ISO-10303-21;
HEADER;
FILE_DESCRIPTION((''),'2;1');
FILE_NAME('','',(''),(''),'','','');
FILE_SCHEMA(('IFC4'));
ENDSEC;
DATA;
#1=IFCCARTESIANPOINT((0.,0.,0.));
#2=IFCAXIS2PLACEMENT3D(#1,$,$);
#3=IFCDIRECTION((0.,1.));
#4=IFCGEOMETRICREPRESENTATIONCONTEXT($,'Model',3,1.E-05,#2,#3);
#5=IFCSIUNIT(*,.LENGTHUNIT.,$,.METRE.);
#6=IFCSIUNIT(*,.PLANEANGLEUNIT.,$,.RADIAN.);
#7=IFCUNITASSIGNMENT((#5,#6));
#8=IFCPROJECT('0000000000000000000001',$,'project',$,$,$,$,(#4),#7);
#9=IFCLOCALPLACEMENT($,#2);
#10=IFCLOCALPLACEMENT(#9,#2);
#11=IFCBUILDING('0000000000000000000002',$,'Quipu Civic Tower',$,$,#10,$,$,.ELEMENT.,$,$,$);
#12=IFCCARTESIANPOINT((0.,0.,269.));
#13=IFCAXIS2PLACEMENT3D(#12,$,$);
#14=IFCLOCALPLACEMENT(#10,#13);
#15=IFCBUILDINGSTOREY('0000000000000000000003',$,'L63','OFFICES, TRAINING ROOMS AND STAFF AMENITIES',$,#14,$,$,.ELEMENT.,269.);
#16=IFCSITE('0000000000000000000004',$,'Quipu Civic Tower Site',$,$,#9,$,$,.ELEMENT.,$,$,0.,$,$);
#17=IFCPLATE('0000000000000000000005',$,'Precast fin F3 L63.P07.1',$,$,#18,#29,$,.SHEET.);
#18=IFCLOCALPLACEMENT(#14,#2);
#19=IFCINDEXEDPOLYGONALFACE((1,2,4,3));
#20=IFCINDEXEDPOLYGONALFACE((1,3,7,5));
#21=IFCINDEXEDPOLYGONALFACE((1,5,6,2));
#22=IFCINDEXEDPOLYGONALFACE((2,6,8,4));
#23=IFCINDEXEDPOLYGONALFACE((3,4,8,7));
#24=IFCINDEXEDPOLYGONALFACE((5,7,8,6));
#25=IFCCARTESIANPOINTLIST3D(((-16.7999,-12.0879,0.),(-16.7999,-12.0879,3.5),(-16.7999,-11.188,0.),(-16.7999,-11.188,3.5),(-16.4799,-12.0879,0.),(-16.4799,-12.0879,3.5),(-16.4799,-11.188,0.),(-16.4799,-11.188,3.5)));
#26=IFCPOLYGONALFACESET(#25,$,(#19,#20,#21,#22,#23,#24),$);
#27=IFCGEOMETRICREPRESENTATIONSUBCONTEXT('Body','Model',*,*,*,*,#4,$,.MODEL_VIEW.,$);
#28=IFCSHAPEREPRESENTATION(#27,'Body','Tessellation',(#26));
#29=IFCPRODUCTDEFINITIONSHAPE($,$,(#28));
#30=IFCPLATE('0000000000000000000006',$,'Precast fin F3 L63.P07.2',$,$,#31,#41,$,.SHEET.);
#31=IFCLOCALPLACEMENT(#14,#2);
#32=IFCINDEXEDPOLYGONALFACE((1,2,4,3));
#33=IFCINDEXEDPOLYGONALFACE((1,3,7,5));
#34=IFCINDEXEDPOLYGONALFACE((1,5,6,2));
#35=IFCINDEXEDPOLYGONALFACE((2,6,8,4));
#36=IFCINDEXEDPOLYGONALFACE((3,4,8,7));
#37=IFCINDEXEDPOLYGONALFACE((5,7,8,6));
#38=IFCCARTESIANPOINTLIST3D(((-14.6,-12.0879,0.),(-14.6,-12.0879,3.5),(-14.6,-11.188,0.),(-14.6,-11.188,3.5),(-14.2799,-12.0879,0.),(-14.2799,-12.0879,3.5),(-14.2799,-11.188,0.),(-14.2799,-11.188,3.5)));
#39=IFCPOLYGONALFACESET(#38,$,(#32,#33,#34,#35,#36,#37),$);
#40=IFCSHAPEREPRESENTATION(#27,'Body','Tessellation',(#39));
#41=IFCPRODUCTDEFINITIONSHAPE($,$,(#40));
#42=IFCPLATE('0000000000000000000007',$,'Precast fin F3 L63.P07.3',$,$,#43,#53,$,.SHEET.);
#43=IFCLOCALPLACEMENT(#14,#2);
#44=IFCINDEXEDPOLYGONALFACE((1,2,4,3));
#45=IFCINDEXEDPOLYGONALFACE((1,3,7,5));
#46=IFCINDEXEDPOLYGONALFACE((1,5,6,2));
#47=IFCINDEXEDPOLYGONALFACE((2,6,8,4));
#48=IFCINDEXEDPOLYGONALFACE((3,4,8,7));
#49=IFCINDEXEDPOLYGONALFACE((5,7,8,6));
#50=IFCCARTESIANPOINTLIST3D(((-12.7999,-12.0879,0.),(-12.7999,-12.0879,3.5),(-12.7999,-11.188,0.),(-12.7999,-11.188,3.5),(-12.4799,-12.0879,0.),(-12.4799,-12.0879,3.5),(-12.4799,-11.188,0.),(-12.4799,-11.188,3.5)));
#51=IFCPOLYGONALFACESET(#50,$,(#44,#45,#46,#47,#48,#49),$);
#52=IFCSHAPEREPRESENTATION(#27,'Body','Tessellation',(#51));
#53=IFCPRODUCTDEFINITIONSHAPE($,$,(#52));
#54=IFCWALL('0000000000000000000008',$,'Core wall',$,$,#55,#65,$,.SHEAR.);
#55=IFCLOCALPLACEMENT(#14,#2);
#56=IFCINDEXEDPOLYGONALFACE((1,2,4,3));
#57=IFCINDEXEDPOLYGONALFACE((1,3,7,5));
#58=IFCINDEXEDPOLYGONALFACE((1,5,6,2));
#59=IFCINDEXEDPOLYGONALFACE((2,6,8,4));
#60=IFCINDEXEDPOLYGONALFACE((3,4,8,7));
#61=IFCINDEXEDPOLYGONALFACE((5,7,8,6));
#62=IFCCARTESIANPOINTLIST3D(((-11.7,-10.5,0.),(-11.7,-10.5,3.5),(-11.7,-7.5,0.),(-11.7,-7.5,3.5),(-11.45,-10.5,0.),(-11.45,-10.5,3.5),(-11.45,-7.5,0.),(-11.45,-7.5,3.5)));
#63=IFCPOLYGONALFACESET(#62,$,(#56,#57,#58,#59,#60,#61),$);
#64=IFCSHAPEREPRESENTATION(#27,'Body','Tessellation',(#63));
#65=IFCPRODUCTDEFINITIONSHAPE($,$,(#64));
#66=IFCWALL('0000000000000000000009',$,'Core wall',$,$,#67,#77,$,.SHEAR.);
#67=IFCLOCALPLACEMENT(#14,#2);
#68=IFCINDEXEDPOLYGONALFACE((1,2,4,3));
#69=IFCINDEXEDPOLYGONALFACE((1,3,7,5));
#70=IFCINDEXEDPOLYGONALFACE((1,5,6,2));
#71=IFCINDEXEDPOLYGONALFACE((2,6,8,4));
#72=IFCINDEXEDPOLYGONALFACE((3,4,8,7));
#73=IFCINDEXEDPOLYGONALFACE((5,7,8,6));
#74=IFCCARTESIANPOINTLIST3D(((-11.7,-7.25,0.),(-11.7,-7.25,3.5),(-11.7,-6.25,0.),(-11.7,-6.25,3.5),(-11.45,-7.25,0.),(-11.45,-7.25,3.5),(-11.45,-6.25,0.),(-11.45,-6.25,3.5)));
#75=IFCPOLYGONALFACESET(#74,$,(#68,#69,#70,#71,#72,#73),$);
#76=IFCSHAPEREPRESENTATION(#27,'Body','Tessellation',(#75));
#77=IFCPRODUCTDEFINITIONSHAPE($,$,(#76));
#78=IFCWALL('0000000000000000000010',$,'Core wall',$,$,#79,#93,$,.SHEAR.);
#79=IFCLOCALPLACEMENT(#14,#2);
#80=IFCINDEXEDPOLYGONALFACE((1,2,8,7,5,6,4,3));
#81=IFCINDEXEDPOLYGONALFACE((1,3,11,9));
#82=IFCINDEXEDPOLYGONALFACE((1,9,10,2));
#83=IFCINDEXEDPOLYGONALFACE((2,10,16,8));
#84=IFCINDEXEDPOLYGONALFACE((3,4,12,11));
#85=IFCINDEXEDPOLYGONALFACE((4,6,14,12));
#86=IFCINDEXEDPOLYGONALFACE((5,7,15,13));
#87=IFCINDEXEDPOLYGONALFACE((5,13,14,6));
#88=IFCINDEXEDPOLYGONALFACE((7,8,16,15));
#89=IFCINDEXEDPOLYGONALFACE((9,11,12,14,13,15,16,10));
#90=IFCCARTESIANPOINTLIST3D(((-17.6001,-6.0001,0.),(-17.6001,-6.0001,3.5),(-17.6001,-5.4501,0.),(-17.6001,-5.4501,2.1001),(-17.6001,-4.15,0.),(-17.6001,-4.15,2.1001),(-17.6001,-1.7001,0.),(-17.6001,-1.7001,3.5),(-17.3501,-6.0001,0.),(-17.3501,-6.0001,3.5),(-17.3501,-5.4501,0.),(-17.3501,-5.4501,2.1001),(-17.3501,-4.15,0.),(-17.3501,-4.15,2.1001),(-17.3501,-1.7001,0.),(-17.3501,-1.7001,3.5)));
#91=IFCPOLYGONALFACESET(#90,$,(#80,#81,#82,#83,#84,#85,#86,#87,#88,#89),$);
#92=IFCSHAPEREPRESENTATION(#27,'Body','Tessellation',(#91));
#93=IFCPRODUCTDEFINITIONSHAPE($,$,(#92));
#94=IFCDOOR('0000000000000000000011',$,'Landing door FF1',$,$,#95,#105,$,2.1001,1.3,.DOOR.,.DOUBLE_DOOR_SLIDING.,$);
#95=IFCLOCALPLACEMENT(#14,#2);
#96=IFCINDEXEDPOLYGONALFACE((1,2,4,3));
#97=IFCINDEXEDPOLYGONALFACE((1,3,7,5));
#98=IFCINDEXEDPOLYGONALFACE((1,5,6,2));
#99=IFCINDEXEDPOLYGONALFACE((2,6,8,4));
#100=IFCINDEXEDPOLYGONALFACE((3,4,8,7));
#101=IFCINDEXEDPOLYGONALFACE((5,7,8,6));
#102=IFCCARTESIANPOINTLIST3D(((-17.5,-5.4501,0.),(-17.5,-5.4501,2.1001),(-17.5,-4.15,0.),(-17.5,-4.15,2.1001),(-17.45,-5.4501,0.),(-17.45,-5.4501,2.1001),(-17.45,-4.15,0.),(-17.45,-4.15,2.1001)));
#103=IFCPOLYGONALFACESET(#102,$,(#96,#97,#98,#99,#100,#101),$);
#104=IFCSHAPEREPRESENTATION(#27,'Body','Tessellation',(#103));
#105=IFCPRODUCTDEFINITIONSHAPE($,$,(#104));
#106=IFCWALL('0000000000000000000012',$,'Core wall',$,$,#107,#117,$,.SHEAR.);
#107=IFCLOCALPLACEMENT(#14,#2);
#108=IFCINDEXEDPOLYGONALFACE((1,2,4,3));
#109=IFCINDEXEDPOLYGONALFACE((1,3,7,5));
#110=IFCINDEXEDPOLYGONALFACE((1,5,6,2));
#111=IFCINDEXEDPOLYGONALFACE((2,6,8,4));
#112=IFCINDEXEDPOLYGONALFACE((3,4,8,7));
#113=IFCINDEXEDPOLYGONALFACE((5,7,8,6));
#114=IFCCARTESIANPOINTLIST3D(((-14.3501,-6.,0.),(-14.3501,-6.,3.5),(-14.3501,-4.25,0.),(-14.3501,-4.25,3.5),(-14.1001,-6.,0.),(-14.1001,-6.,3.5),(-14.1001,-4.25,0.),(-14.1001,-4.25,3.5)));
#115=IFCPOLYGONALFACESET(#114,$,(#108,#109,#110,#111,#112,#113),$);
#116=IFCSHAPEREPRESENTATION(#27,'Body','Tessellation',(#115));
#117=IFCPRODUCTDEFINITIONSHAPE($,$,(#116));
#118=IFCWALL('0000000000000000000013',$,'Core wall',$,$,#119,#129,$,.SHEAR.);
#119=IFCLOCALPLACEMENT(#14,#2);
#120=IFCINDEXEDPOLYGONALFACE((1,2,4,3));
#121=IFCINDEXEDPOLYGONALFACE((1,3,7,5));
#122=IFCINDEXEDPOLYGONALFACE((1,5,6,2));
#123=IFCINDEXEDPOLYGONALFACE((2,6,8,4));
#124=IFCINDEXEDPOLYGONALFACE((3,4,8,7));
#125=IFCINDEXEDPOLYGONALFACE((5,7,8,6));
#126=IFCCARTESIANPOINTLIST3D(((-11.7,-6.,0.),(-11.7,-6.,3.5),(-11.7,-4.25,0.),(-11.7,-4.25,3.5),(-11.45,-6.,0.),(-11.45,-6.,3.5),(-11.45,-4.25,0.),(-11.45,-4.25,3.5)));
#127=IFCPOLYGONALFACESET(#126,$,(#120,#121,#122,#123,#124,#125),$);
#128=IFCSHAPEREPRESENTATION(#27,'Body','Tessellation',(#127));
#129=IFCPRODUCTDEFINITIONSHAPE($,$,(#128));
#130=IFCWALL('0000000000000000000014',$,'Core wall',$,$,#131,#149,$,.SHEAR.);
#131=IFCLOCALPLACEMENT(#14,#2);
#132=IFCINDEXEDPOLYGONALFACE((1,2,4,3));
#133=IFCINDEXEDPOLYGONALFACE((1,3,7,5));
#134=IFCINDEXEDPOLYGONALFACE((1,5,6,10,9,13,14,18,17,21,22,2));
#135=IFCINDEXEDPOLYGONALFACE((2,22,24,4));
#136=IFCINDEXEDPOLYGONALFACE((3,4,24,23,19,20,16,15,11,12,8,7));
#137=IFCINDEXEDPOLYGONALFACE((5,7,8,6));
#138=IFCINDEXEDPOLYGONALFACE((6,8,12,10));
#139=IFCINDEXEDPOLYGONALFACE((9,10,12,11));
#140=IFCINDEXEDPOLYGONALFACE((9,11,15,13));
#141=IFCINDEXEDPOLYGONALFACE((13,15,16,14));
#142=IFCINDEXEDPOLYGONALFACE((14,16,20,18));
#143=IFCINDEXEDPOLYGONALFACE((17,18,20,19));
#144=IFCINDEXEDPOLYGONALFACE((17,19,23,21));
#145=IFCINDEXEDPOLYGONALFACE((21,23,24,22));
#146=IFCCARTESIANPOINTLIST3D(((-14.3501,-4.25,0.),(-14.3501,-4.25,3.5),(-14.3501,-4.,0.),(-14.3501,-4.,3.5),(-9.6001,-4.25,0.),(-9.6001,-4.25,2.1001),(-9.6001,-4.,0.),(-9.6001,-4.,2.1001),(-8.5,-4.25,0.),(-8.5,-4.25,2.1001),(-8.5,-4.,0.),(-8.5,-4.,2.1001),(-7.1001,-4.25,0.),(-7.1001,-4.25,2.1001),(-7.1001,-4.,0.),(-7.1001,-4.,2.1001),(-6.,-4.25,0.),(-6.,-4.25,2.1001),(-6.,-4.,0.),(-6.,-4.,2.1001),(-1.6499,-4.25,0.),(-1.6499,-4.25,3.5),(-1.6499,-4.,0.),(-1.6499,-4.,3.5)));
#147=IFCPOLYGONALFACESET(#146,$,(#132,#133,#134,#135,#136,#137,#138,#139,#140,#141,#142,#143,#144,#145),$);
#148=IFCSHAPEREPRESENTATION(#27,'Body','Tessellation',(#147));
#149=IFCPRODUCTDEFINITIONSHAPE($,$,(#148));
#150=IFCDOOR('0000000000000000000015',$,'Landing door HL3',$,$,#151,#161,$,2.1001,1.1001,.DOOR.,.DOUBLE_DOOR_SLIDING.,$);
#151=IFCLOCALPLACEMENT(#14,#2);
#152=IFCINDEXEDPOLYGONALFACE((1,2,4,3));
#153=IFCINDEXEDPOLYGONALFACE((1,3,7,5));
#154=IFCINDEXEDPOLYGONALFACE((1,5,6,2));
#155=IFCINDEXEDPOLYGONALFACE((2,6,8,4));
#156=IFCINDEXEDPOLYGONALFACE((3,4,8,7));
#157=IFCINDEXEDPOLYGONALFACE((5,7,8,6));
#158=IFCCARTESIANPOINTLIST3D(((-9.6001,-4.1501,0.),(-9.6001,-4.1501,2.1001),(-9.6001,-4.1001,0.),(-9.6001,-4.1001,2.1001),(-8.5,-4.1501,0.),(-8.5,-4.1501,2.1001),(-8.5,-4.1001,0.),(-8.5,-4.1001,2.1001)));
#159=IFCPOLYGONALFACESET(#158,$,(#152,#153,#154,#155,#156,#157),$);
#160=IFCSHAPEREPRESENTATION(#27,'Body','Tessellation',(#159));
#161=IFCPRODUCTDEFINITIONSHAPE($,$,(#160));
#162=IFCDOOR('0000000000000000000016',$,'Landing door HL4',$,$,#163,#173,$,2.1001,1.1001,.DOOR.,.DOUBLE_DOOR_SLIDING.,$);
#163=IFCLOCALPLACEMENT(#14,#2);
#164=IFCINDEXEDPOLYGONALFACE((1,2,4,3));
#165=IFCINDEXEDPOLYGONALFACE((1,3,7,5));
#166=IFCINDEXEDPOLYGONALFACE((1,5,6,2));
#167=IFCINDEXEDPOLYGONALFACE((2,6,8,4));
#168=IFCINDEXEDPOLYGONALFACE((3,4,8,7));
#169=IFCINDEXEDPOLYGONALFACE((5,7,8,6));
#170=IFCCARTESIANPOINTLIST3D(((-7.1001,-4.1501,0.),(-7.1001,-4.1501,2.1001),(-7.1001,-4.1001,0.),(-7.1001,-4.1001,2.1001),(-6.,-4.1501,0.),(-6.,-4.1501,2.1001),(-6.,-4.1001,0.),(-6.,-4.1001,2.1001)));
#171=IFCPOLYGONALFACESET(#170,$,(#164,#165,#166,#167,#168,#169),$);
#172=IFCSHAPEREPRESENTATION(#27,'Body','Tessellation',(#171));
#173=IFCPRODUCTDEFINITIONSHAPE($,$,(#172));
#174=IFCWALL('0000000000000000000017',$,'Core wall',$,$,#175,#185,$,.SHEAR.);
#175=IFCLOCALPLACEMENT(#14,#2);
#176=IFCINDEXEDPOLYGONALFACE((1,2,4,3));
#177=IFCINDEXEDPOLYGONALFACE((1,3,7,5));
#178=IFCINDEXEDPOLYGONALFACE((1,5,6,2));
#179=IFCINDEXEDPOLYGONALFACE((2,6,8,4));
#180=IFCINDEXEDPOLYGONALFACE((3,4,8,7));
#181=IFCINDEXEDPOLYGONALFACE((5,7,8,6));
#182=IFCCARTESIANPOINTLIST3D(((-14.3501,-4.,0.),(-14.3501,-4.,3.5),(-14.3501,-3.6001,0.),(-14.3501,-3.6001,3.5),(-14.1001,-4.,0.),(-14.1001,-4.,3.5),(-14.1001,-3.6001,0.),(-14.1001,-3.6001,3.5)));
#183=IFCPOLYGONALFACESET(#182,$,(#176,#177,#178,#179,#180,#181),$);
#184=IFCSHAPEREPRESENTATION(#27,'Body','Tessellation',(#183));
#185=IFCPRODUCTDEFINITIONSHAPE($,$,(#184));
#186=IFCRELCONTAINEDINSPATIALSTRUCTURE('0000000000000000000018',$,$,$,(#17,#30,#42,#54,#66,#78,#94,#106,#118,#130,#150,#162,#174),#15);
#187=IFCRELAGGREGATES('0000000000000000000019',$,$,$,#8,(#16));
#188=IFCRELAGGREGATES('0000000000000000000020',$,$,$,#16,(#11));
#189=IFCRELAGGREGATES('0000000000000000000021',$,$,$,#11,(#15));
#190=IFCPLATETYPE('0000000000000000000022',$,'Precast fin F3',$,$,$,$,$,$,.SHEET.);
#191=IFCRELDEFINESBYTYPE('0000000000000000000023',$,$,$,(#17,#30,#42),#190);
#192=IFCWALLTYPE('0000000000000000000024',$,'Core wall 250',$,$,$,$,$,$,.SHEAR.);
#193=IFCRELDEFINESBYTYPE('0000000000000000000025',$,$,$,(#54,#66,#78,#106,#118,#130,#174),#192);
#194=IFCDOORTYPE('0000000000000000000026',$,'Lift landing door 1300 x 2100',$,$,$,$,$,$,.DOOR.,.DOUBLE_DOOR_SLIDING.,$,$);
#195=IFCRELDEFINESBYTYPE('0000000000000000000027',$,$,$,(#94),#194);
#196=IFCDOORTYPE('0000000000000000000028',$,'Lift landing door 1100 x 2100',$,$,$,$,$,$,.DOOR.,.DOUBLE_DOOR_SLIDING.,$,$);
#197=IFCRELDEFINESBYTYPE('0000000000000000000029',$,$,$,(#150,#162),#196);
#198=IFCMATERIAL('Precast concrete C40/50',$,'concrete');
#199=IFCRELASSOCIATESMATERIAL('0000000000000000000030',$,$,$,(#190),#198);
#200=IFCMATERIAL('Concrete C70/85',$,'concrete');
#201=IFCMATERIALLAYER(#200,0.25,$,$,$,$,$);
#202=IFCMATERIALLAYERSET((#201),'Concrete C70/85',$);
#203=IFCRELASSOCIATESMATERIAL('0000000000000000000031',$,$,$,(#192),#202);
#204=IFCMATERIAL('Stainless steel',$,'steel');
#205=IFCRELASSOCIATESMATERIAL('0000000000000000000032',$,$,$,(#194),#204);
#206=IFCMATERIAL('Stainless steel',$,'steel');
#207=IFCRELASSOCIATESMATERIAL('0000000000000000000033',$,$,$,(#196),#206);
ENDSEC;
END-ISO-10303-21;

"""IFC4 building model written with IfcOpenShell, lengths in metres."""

from ifc_helpers import new_model, si_unit, direction, frame, frame_2d, origin, origin_2d, place, context, subcontext, project, spatial, rectangle, extrude, material, layer, layer_set, type_object, element, fill, save


model = new_model("IFC4")

# Units and contexts
model_context = context("Model", 3, precision=1e-05, world=origin(), true_north=direction((0.0, 1.0)))
body_context = subcontext(model_context, "Body", "Model", "MODEL_VIEW")
ifc_project = project(units=[si_unit("LENGTHUNIT", "METRE"), si_unit("PLANEANGLEUNIT", "RADIAN")], contexts=[model_context])

# Site, building, storey
site_placement = place(None, origin())
site = spatial("IfcSite", under=ifc_project, at=site_placement, Name="Quipu Civic Tower Site", CompositionType="ELEMENT", RefElevation=0.0)
building_placement = place(site_placement, origin())
building = spatial("IfcBuilding", under=site, at=building_placement, Name="Quipu Civic Tower", CompositionType="ELEMENT")
storey_placement = place(building_placement, frame((0.0, 0.0, 269.0)))
storey = spatial("IfcBuildingStorey", under=building, at=storey_placement, Name="L63", Description="OFFICES, TRAINING ROOMS AND STAFF AMENITIES", CompositionType="ELEMENT", Elevation=269.0)

# Plates
ifc_material_1 = material(Name="Precast concrete C40/50", Category="concrete")
plate_type = type_object("IfcPlateType", Name="Precast fin F3", PredefinedType="SHEET", material=ifc_material_1)
for number, where, z_axis, x_axis, name in (
    (1, (-16.6399, -11.6379, 0.0), (0.0, 0.0, 1.0), (1.0, 0.0, 0.0), "Precast fin F3 L63.P07.1"),
    (2, (-14.4399, -11.6379, 0.0), (0.0, 0.0, 1.0), (1.0, 0.0, 0.0), "Precast fin F3 L63.P07.2"),
    (3, (-12.6399, -11.6379, 0.0), (0.0, 0.0, 1.0), (1.0, 0.0, 0.0), "Precast fin F3 L63.P07.3"),
):
    element("IfcPlate", number, at=place(storey_placement, frame(where, z_axis=z_axis, x_axis=x_axis)), inside=storey, type_object=plate_type, Name=name, PredefinedType="SHEET", context=body_context, shape_type="SweptSolid", body=[
        extrude(rectangle(XDim=0.3201, YDim=0.8999, at=origin_2d()), origin(), (0.0, 0.0, 1.0), 3.5),
    ])

# Walls
ifc_material_2 = material(Name="Concrete C70/85", Category="concrete")
ifc_layer_1 = layer(ifc_material_2, 0.25)
ifc_layer_set_1 = layer_set([ifc_layer_1], Name="Concrete C70/85")
wall_type_1 = type_object("IfcWallType", Name="Core wall 250", PredefinedType="SHEAR", material=ifc_layer_set_1)
wall_1_placement = place(storey_placement, frame((-11.575, -10.5, 0.0), z_axis=(0.0, 0.0, 1.0), x_axis=(0.0, 1.0, 0.0)))
element("IfcWall", 4, at=wall_1_placement, inside=storey, type_object=wall_type_1, Name="Core wall", PredefinedType="SHEAR", context=body_context, shape_type="SweptSolid", body=[
    extrude(rectangle(XDim=3.0, YDim=0.25, at=frame_2d((1.5, 0.0))), origin(), (0.0, 0.0, 1.0), 3.5),
])
wall_2_placement = place(storey_placement, frame((-11.575, -7.25, 0.0), z_axis=(0.0, 0.0, 1.0), x_axis=(0.0, 1.0, 0.0)))
element("IfcWall", 5, at=wall_2_placement, inside=storey, type_object=wall_type_1, Name="Core wall", PredefinedType="SHEAR", context=body_context, shape_type="SweptSolid", body=[
    extrude(rectangle(XDim=1.0, YDim=0.25, at=frame_2d((0.5, 0.0))), origin(), (0.0, 0.0, 1.0), 3.5),
])

# Wall, opening, door
wall_3_placement = place(storey_placement, frame((-17.4751, -6.0, 0.0), z_axis=(0.0, 0.0, 1.0), x_axis=(0.0, 1.0, 0.0)))
wall_3 = element("IfcWall", 6, at=wall_3_placement, inside=storey, type_object=wall_type_1, Name="Core wall", PredefinedType="SHEAR", context=body_context, shape_type="SweptSolid", body=[
    extrude(rectangle(XDim=4.3, YDim=0.25, at=frame_2d((2.1499, 0.0))), origin(), (0.0, 0.0, 1.0), 3.5),
])
opening_1_placement = place(wall_3_placement, frame((0.55, 0.0, 0.0)))
opening_1 = element("IfcOpeningElement", 7, at=opening_1_placement, cuts=wall_3, PredefinedType="OPENING", context=body_context, shape_type="SweptSolid", body=[
    extrude(rectangle(XDim=1.3, YDim=2.1001, at=frame_2d((0.6499, 1.05))), frame((0.0, 0.135, 0.0), z_axis=(0.0, -1.0, 0.0), x_axis=(1.0, 0.0, 0.0)), (0.0, 0.0, 1.0), 0.27),
])
ifc_material_3 = material(Name="Stainless steel", Category="steel")
door_type_1 = type_object("IfcDoorType", Name="Lift landing door 1300 x 2100", OperationType="DOUBLE_DOOR_SLIDING", PredefinedType="DOOR", material=ifc_material_3)
door_1_placement = place(opening_1_placement, origin())
door_1 = element("IfcDoor", 8, at=door_1_placement, inside=storey, type_object=door_type_1, Name="Landing door FF1", OperationType="DOUBLE_DOOR_SLIDING", OverallHeight=2.1001, OverallWidth=1.3, PredefinedType="DOOR", context=body_context, shape_type="SweptSolid", body=[
    extrude(rectangle(XDim=1.3, YDim=2.1001, at=frame_2d((0.6499, 1.05))), frame((0.0, 0.0249, 0.0), z_axis=(0.0, -1.0, 0.0), x_axis=(1.0, 0.0, 0.0)), (0.0, 0.0, 1.0), 0.05),
])
fill(opening_1, door_1)

# Walls
for number, where, z_axis, x_axis, name in (
    (9, (-14.2251, -6.0, 0.0), (0.0, 0.0, 1.0), (0.0, 1.0, 0.0), "Core wall"),
    (10, (-11.575, -6.0, 0.0), (0.0, 0.0, 1.0), (0.0, 1.0, 0.0), "Core wall"),
):
    element("IfcWall", number, at=place(storey_placement, frame(where, z_axis=z_axis, x_axis=x_axis)), inside=storey, type_object=wall_type_1, Name=name, PredefinedType="SHEAR", context=body_context, shape_type="SweptSolid", body=[
        extrude(rectangle(XDim=1.75, YDim=0.25, at=frame_2d((0.875, 0.0))), origin(), (0.0, 0.0, 1.0), 3.5),
    ])

# Wall, openings, doors
wall_4_placement = place(storey_placement, frame((-14.3501, -4.125, 0.0), z_axis=(0.0, 0.0, 1.0), x_axis=(1.0, 0.0, 0.0)))
wall_4 = element("IfcWall", 11, at=wall_4_placement, inside=storey, type_object=wall_type_1, Name="Core wall", PredefinedType="SHEAR", context=body_context, shape_type="SweptSolid", body=[
    extrude(rectangle(XDim=12.7002, YDim=0.25, at=frame_2d((6.3501, 0.0))), origin(), (0.0, 0.0, 1.0), 3.5),
])
opening_2_placement = place(wall_4_placement, frame((4.75, 0.0, 0.0)))
opening_2 = element("IfcOpeningElement", 12, at=opening_2_placement, cuts=wall_4, PredefinedType="OPENING", context=body_context, shape_type="SweptSolid", body=[
    extrude(rectangle(XDim=1.1001, YDim=2.1001, at=frame_2d((0.55, 1.05))), frame((0.0, 0.135, 0.0), z_axis=(0.0, -1.0, 0.0), x_axis=(1.0, 0.0, 0.0)), (0.0, 0.0, 1.0), 0.27),
])
opening_3_placement = place(wall_4_placement, frame((7.25, 0.0, 0.0)))
opening_3 = element("IfcOpeningElement", 13, at=opening_3_placement, cuts=wall_4, PredefinedType="OPENING", context=body_context, shape_type="SweptSolid", body=[
    extrude(rectangle(XDim=1.1001, YDim=2.1001, at=frame_2d((0.55, 1.05))), frame((0.0, 0.135, 0.0), z_axis=(0.0, -1.0, 0.0), x_axis=(1.0, 0.0, 0.0)), (0.0, 0.0, 1.0), 0.27),
])
ifc_material_4 = material(Name="Stainless steel", Category="steel")
door_type_2 = type_object("IfcDoorType", Name="Lift landing door 1100 x 2100", OperationType="DOUBLE_DOOR_SLIDING", PredefinedType="DOOR", material=ifc_material_4)
door_2_placement = place(opening_2_placement, origin())
door_2 = element("IfcDoor", 14, at=door_2_placement, inside=storey, type_object=door_type_2, Name="Landing door HL3", OperationType="DOUBLE_DOOR_SLIDING", OverallHeight=2.1001, OverallWidth=1.1001, PredefinedType="DOOR", context=body_context, shape_type="SweptSolid", body=[
    extrude(rectangle(XDim=1.1001, YDim=2.1001, at=frame_2d((0.55, 1.05))), frame((0.0, 0.0249, 0.0), z_axis=(0.0, -1.0, 0.0), x_axis=(1.0, 0.0, 0.0)), (0.0, 0.0, 1.0), 0.05),
])
fill(opening_2, door_2)
door_3_placement = place(opening_3_placement, origin())
door_3 = element("IfcDoor", 15, at=door_3_placement, inside=storey, type_object=door_type_2, Name="Landing door HL4", OperationType="DOUBLE_DOOR_SLIDING", OverallHeight=2.1001, OverallWidth=1.1001, PredefinedType="DOOR", context=body_context, shape_type="SweptSolid", body=[
    extrude(rectangle(XDim=1.1001, YDim=2.1001, at=frame_2d((0.55, 1.05))), frame((0.0, 0.0249, 0.0), z_axis=(0.0, -1.0, 0.0), x_axis=(1.0, 0.0, 0.0)), (0.0, 0.0, 1.0), 0.05),
])
fill(opening_3, door_3)

# Wall
wall_5_placement = place(storey_placement, frame((-14.2251, -4.0, 0.0), z_axis=(0.0, 0.0, 1.0), x_axis=(0.0, 1.0, 0.0)))
element("IfcWall", 16, at=wall_5_placement, inside=storey, type_object=wall_type_1, Name="Core wall", PredefinedType="SHEAR", context=body_context, shape_type="SweptSolid", body=[
    extrude(rectangle(XDim=0.3999, YDim=0.25, at=frame_2d((0.2, 0.0))), origin(), (0.0, 0.0, 1.0), 3.5),
])

save(model, "model.ifc")
